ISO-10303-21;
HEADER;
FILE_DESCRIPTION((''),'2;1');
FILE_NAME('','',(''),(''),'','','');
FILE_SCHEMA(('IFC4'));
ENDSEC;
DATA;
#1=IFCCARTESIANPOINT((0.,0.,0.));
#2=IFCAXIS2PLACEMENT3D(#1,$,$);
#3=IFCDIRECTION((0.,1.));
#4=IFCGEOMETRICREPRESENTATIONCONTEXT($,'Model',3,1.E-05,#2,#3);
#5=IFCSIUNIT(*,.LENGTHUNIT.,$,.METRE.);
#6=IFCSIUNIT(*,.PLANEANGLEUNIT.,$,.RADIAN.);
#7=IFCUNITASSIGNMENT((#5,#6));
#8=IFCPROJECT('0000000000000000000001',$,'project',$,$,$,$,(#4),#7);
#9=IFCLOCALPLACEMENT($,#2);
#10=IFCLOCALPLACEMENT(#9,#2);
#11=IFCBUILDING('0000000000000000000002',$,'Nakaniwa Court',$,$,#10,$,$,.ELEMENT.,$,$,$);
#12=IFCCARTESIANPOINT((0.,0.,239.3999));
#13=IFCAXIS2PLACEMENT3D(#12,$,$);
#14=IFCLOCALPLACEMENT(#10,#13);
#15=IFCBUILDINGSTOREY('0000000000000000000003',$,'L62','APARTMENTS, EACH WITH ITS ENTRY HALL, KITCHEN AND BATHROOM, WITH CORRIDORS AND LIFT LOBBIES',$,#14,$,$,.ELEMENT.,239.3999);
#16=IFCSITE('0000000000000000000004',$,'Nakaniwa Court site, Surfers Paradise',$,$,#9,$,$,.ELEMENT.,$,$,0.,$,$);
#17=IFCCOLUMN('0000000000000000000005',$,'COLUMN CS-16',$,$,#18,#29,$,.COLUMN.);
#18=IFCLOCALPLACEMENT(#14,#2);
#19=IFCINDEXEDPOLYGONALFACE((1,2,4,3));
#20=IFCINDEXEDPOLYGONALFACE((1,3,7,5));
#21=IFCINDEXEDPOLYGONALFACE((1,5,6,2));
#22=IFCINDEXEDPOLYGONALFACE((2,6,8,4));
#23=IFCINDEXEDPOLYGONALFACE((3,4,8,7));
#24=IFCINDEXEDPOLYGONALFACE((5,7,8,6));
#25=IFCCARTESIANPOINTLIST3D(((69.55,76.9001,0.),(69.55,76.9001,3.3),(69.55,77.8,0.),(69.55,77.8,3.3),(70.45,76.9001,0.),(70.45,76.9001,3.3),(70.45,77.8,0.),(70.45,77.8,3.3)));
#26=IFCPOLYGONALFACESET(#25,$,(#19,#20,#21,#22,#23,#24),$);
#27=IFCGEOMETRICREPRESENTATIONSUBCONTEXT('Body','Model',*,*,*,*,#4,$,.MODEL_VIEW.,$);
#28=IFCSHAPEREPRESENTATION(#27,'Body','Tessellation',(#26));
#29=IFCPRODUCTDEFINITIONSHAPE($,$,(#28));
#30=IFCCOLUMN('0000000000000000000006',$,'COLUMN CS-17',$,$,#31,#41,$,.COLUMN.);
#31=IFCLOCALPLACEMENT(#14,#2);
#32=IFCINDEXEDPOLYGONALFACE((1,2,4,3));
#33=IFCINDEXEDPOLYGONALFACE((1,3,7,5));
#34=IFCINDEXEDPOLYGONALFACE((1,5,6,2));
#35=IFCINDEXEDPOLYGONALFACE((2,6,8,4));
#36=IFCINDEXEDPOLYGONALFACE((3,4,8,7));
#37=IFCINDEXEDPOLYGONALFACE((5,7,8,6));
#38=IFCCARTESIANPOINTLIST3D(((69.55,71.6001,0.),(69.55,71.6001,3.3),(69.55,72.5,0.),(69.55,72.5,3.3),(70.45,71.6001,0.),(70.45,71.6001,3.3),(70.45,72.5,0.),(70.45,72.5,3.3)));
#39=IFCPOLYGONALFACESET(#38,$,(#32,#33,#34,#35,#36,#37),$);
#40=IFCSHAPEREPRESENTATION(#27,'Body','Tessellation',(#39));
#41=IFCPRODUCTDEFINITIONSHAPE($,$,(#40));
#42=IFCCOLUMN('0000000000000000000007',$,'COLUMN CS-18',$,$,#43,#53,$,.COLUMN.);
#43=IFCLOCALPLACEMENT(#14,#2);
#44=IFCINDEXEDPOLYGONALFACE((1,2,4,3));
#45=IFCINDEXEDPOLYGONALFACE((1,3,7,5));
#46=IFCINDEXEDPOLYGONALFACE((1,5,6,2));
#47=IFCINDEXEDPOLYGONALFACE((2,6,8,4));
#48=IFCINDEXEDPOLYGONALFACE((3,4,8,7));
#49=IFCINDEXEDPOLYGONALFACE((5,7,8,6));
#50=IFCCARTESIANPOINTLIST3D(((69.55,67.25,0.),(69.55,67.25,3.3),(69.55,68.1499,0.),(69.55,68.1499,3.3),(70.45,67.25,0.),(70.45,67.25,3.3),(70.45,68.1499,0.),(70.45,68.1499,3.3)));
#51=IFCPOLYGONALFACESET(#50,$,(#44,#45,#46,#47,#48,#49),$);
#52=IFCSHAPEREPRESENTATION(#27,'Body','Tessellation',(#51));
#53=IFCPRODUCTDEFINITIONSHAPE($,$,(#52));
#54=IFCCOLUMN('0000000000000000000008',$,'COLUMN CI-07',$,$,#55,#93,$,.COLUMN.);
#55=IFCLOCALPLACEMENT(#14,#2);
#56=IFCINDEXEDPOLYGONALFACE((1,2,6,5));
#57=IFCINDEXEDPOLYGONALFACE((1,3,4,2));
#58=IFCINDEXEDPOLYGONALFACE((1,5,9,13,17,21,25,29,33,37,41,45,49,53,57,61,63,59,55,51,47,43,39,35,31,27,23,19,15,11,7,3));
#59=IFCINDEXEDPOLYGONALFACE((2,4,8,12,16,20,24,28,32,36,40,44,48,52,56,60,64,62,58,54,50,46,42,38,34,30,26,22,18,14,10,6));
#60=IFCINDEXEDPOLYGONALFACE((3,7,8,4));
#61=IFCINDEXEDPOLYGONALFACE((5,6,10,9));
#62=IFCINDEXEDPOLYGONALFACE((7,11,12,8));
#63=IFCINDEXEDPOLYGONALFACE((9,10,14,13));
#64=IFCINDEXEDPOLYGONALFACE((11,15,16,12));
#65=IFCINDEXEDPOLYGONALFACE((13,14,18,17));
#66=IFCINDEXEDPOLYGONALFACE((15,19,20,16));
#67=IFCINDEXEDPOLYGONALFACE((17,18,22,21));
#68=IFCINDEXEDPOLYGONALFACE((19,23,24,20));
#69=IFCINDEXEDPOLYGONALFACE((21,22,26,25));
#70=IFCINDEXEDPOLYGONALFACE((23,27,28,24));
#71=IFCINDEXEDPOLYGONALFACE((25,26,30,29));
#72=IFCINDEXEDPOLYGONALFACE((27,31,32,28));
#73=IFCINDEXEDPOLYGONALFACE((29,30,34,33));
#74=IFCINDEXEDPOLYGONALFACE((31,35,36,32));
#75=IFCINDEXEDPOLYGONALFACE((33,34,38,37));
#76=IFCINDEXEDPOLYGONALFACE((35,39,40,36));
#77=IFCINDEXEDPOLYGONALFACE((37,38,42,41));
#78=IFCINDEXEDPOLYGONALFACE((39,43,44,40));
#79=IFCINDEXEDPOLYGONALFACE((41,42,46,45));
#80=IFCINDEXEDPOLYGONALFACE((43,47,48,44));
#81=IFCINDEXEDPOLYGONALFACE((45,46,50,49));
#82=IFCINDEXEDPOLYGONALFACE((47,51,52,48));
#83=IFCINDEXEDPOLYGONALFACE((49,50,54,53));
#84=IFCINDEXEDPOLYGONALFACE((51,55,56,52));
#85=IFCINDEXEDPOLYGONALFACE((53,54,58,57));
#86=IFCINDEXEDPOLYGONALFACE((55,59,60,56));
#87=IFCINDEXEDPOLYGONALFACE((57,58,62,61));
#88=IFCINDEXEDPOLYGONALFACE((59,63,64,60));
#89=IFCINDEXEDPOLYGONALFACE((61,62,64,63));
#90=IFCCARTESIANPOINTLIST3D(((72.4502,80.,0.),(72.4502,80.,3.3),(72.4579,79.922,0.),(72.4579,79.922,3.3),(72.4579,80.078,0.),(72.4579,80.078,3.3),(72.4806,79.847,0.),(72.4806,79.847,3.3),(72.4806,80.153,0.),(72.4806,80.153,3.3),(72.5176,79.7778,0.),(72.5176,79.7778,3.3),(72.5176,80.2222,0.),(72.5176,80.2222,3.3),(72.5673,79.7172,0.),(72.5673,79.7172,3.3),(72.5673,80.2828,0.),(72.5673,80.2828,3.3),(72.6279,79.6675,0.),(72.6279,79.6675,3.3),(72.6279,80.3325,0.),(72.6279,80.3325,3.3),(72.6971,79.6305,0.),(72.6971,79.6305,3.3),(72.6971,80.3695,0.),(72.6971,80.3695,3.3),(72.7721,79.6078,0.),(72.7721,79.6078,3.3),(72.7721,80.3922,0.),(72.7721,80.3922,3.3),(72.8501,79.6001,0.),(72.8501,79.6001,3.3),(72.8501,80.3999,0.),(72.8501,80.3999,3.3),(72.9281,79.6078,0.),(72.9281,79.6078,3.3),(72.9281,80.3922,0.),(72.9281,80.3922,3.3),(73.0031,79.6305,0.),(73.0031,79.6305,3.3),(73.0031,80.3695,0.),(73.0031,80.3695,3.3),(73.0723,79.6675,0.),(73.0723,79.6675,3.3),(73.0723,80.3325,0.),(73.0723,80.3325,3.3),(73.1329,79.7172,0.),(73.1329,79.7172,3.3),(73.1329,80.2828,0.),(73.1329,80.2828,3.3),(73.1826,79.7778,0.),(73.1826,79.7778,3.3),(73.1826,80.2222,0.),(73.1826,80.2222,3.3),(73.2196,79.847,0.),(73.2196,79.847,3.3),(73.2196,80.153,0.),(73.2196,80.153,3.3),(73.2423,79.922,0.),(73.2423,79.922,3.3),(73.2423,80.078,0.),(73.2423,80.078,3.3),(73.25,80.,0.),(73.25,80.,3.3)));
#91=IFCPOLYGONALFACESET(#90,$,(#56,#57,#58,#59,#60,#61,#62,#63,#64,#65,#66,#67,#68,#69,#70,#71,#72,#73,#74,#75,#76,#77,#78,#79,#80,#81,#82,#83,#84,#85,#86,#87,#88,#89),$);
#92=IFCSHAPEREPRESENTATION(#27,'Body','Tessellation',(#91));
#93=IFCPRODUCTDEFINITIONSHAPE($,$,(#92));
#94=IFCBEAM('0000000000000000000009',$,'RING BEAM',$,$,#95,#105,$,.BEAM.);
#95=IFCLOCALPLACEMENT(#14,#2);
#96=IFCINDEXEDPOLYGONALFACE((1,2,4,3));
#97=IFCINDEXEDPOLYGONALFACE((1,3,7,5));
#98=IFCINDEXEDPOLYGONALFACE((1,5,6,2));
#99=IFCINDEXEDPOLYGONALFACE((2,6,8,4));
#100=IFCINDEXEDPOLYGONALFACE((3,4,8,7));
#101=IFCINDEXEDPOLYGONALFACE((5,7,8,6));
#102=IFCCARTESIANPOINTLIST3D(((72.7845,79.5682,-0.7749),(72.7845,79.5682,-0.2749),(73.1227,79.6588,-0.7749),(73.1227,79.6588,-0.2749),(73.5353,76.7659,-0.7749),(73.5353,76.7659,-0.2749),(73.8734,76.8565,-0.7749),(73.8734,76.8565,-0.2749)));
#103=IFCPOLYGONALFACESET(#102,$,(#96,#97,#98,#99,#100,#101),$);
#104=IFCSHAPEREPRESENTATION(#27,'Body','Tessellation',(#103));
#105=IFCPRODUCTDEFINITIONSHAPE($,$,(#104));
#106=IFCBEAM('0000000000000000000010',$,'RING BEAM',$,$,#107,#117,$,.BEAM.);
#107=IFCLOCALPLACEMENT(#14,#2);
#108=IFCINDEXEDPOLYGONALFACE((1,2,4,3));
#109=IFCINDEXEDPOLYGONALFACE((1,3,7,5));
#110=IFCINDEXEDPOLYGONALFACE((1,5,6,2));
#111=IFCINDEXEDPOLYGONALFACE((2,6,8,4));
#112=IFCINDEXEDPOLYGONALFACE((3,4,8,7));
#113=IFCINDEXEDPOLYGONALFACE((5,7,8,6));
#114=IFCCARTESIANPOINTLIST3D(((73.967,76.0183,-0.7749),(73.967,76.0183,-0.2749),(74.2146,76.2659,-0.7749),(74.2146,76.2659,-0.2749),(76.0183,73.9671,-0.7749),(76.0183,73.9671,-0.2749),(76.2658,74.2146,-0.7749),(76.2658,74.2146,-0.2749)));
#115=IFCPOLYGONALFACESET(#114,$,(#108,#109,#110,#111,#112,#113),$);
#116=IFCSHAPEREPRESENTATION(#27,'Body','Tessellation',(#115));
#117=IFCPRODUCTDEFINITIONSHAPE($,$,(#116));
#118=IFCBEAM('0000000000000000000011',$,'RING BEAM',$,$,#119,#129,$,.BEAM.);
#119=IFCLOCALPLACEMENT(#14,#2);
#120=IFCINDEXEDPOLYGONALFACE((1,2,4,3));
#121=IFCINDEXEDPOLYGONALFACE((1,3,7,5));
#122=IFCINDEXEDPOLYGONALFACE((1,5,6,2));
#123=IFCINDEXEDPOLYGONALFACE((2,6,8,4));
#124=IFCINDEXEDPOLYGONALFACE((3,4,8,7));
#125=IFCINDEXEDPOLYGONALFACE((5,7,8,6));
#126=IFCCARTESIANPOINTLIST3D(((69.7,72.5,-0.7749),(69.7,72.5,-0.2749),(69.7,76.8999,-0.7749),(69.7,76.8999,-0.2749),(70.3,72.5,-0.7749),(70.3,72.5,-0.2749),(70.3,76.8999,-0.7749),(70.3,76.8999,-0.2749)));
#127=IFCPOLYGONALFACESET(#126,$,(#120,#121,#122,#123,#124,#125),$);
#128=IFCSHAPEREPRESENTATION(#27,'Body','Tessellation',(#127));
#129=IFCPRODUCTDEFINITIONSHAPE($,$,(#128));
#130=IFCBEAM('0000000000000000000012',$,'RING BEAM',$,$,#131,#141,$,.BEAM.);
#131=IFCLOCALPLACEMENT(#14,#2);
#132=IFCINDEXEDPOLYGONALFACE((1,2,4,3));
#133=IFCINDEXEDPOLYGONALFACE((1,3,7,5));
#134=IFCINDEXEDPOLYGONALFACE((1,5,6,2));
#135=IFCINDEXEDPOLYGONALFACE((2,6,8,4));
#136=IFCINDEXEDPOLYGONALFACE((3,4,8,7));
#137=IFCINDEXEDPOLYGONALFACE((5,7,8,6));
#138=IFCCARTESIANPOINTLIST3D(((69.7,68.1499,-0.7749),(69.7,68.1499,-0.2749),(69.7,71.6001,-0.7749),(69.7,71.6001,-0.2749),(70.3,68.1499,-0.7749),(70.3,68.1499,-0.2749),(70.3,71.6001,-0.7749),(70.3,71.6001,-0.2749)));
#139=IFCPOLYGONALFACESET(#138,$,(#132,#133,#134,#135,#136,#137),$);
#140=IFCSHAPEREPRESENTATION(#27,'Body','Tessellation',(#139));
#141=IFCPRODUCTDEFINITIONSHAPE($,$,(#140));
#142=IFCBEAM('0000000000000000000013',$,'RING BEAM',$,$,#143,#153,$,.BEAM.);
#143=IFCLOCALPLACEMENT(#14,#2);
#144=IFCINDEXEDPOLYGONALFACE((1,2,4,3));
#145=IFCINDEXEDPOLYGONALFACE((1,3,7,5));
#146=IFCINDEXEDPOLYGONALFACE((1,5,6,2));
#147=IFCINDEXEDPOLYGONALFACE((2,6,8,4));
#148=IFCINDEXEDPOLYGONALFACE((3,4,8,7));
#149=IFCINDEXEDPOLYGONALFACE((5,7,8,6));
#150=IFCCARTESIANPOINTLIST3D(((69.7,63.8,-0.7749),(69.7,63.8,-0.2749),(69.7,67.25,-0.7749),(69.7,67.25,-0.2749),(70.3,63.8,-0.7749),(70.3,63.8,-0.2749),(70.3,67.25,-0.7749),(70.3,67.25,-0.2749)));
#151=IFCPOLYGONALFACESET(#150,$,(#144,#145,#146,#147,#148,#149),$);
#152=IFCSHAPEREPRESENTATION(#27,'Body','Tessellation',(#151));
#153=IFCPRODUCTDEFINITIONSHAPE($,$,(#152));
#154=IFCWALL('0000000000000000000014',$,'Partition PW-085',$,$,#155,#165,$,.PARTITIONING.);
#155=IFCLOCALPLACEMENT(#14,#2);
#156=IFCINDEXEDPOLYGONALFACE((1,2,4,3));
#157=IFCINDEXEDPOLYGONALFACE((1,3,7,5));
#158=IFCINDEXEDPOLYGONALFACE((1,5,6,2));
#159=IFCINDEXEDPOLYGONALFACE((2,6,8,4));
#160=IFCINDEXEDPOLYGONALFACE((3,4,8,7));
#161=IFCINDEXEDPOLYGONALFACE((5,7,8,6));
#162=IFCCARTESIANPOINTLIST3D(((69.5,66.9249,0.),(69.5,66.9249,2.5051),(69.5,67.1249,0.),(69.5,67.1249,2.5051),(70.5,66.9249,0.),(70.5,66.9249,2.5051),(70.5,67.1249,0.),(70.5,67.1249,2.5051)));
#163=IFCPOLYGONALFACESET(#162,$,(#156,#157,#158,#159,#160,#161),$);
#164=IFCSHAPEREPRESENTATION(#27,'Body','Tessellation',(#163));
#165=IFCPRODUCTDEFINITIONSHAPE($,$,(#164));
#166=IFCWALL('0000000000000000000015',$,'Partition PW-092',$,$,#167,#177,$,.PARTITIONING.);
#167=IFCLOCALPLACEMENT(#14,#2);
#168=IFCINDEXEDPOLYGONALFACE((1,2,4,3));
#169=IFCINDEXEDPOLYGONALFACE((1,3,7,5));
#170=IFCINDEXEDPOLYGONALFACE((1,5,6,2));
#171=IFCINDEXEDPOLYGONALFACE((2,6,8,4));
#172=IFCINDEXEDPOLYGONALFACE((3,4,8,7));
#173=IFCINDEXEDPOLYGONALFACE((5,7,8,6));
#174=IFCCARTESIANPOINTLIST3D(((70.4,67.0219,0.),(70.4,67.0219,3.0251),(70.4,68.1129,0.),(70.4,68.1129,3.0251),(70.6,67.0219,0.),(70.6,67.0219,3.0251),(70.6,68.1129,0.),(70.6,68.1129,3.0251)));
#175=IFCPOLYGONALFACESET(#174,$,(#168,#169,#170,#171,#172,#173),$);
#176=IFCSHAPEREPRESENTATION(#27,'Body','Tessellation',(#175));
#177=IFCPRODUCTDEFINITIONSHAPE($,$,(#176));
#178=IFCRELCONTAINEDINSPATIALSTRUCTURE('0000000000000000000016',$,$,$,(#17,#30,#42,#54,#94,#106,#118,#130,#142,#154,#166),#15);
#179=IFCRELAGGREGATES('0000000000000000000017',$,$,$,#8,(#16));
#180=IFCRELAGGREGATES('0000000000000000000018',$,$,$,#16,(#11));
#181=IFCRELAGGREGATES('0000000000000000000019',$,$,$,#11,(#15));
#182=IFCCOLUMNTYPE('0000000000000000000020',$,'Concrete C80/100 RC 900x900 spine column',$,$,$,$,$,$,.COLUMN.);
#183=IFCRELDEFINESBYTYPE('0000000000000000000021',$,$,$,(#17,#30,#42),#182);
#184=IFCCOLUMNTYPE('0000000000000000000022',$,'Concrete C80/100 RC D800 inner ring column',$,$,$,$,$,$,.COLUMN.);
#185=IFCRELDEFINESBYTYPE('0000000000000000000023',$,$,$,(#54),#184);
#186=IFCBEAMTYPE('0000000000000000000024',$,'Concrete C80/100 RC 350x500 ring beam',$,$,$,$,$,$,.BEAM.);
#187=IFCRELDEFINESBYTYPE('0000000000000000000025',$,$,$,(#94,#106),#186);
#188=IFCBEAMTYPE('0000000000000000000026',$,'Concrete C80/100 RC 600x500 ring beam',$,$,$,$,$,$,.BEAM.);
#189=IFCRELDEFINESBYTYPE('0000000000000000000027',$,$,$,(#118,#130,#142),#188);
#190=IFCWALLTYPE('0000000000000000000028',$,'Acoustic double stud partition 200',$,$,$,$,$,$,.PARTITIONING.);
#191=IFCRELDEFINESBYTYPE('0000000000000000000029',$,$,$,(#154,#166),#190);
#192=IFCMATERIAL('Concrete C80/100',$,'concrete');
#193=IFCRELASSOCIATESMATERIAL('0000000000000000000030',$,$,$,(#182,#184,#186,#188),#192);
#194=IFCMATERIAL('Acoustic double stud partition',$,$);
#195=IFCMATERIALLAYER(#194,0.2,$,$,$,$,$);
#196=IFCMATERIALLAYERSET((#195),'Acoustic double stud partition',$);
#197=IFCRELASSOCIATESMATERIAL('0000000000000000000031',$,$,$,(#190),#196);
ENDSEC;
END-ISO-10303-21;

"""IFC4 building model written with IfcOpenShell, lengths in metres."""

from ifc_helpers import new_model, si_unit, direction, frame, frame_2d, origin, origin_2d, place, context, subcontext, project, spatial, rectangle, circle, extrude, material, layer, layer_set, material_profile, profile_set, type_object, element, save


model = new_model("IFC4")

# Units and contexts
model_context = context("Model", 3, precision=1e-05, world=origin(), true_north=direction((0.0, 1.0)))
body_context = subcontext(model_context, "Body", "Model", "MODEL_VIEW")
ifc_project = project(units=[si_unit("LENGTHUNIT", "METRE"), si_unit("PLANEANGLEUNIT", "RADIAN")], contexts=[model_context])

# Site, building, storey
site_placement = place(None, origin())
site = spatial("IfcSite", under=ifc_project, at=site_placement, Name="Nakaniwa Court site, Surfers Paradise", CompositionType="ELEMENT", RefElevation=0.0)
building_placement = place(site_placement, origin())
building = spatial("IfcBuilding", under=site, at=building_placement, Name="Nakaniwa Court", CompositionType="ELEMENT")
storey_placement = place(building_placement, frame((0.0, 0.0, 239.3999)))
storey = spatial("IfcBuildingStorey", under=building, at=storey_placement, Name="L62", Description="APARTMENTS, EACH WITH ITS ENTRY HALL, KITCHEN AND BATHROOM, WITH CORRIDORS AND LIFT LOBBIES", CompositionType="ELEMENT", Elevation=239.3999)

# Columns
ifc_material_1 = material(Name="Concrete C80/100", Category="concrete")
ifc_material_profile_1 = material_profile(ifc_material_1, rectangle(XDim=0.8999, YDim=0.8999, at=origin_2d()), Name="Concrete C80/100 RC 900x900 spine column")
ifc_profile_set_1 = profile_set([ifc_material_profile_1], Name="Concrete C80/100")
column_type_1 = type_object("IfcColumnType", Name="Concrete C80/100 RC 900x900 spine column", PredefinedType="COLUMN", material=ifc_profile_set_1)
for number, where, z_axis, x_axis, name in (
    (1, (70.0, 77.3501, 0.0), (0.0, 0.0, 1.0), (0.0, -1.0, 0.0), "COLUMN CS-16"),
    (2, (70.0, 72.05, 0.0), (0.0, 0.0, 1.0), (0.0, -1.0, 0.0), "COLUMN CS-17"),
    (3, (70.0, 67.7, 0.0), (0.0, 0.0, 1.0), (0.0, -1.0, 0.0), "COLUMN CS-18"),
):
    element("IfcColumn", number, at=place(storey_placement, frame(where, z_axis=z_axis, x_axis=x_axis)), inside=storey, type_object=column_type_1, Name=name, PredefinedType="COLUMN", context=body_context, shape_type="SweptSolid", body=[
        extrude(rectangle(XDim=0.8999, YDim=0.8999, at=origin_2d()), origin(), (0.0, 0.0, 1.0), 3.3),
    ])
ifc_material_profile_2 = material_profile(ifc_material_1, circle(Radius=0.3999, at=origin_2d()), Name="Concrete C80/100 RC D800 inner ring column")
ifc_profile_set_2 = profile_set([ifc_material_profile_2], Name="Concrete C80/100")
column_type_2 = type_object("IfcColumnType", Name="Concrete C80/100 RC D800 inner ring column", PredefinedType="COLUMN", material=ifc_profile_set_2)
for number, where, z_axis, x_axis, name in (
    (4, (72.8501, 80.0, 0.0), (0.0, 0.0, 1.0), (0.0, -1.0, 0.0), "COLUMN CI-07"),
):
    element("IfcColumn", number, at=place(storey_placement, frame(where, z_axis=z_axis, x_axis=x_axis)), inside=storey, type_object=column_type_2, Name=name, PredefinedType="COLUMN", context=body_context, shape_type="SweptSolid", body=[
        extrude(circle(Radius=0.3999, at=origin_2d()), origin(), (0.0, 0.0, 1.0), 3.3),
    ])

# Beams
ifc_material_profile_3 = material_profile(ifc_material_1, rectangle(XDim=0.3501, YDim=0.5, at=origin_2d()), Name="Concrete C80/100 RC 350x500 ring beam")
ifc_profile_set_3 = profile_set([ifc_material_profile_3], Name="Concrete C80/100")
beam_type_1 = type_object("IfcBeamType", Name="Concrete C80/100 RC 350x500 ring beam", PredefinedType="BEAM", material=ifc_profile_set_3)
beam_1_placement = place(storey_placement, frame((72.9536, 79.6135, -0.5249), z_axis=(0.258778, -0.965937, 0.0), x_axis=(0.965937, 0.258778, 0.0)))
element("IfcBeam", 5, at=beam_1_placement, inside=storey, type_object=beam_type_1, Name="RING BEAM", PredefinedType="BEAM", context=body_context, shape_type="SweptSolid", body=[
    extrude(rectangle(XDim=0.3501, YDim=0.5, at=origin_2d()), origin(), (0.0, 0.0, 1.0), 2.9011),
])
beam_2_placement = place(storey_placement, frame((74.0908, 76.1421, -0.5249), z_axis=(0.707107, -0.707107, 0.0), x_axis=(0.707107, 0.707107, 0.0)))
element("IfcBeam", 6, at=beam_2_placement, inside=storey, type_object=beam_type_1, Name="RING BEAM", PredefinedType="BEAM", context=body_context, shape_type="SweptSolid", body=[
    extrude(rectangle(XDim=0.3501, YDim=0.5, at=origin_2d()), origin(), (0.0, 0.0, 1.0), 2.9009),
])
ifc_material_profile_4 = material_profile(ifc_material_1, rectangle(XDim=0.6001, YDim=0.5, at=origin_2d()), Name="Concrete C80/100 RC 600x500 ring beam")
ifc_profile_set_4 = profile_set([ifc_material_profile_4], Name="Concrete C80/100")
beam_type_2 = type_object("IfcBeamType", Name="Concrete C80/100 RC 600x500 ring beam", PredefinedType="BEAM", material=ifc_profile_set_4)
beam_3_placement = place(storey_placement, frame((70.0, 76.8999, -0.5249), z_axis=(0.0, -1.0, 0.0), x_axis=(1.0, 0.0, 0.0)))
element("IfcBeam", 7, at=beam_3_placement, inside=storey, type_object=beam_type_2, Name="RING BEAM", PredefinedType="BEAM", context=body_context, shape_type="SweptSolid", body=[
    extrude(rectangle(XDim=0.6001, YDim=0.5, at=origin_2d()), origin(), (0.0, 0.0, 1.0), 4.3999),
])
beam_4_placement = place(storey_placement, frame((70.0, 71.6001, -0.5249), z_axis=(0.0, -1.0, 0.0), x_axis=(1.0, 0.0, 0.0)))
element("IfcBeam", 8, at=beam_4_placement, inside=storey, type_object=beam_type_2, Name="RING BEAM", PredefinedType="BEAM", context=body_context, shape_type="SweptSolid", body=[
    extrude(rectangle(XDim=0.6001, YDim=0.5, at=origin_2d()), origin(), (0.0, 0.0, 1.0), 3.4502),
])
beam_5_placement = place(storey_placement, frame((70.0, 67.25, -0.5249), z_axis=(0.0, -1.0, 0.0), x_axis=(1.0, 0.0, 0.0)))
element("IfcBeam", 9, at=beam_5_placement, inside=storey, type_object=beam_type_2, Name="RING BEAM", PredefinedType="BEAM", context=body_context, shape_type="SweptSolid", body=[
    extrude(rectangle(XDim=0.6001, YDim=0.5, at=origin_2d()), origin(), (0.0, 0.0, 1.0), 3.45),
])

# Walls
ifc_material_2 = material(Name="Acoustic double stud partition")
ifc_layer_1 = layer(ifc_material_2, 0.2)
ifc_layer_set_1 = layer_set([ifc_layer_1], Name="Acoustic double stud partition")
wall_type_1 = type_object("IfcWallType", Name="Acoustic double stud partition 200", PredefinedType="PARTITIONING", material=ifc_layer_set_1)
wall_1_placement = place(storey_placement, frame((69.5, 67.0249, 0.0), z_axis=(0.0, 0.0, 1.0), x_axis=(1.0, 0.0, 0.0)))
element("IfcWall", 10, at=wall_1_placement, inside=storey, type_object=wall_type_1, Name="Partition PW-085", PredefinedType="PARTITIONING", context=body_context, shape_type="SweptSolid", body=[
    extrude(rectangle(XDim=1.0, YDim=0.2, at=frame_2d((0.5, 0.0))), origin(), (0.0, 0.0, 1.0), 2.5051),
])
wall_2_placement = place(storey_placement, frame((70.5, 67.022, 0.0), z_axis=(0.0, 0.0, 1.0), x_axis=(0.0, 1.0, 0.0)))
element("IfcWall", 11, at=wall_2_placement, inside=storey, type_object=wall_type_1, Name="Partition PW-092", PredefinedType="PARTITIONING", context=body_context, shape_type="SweptSolid", body=[
    extrude(rectangle(XDim=1.0911, YDim=0.2, at=frame_2d((0.5454, 0.0))), origin(), (0.0, 0.0, 1.0), 3.0251),
])

save(model, "model.ifc")
